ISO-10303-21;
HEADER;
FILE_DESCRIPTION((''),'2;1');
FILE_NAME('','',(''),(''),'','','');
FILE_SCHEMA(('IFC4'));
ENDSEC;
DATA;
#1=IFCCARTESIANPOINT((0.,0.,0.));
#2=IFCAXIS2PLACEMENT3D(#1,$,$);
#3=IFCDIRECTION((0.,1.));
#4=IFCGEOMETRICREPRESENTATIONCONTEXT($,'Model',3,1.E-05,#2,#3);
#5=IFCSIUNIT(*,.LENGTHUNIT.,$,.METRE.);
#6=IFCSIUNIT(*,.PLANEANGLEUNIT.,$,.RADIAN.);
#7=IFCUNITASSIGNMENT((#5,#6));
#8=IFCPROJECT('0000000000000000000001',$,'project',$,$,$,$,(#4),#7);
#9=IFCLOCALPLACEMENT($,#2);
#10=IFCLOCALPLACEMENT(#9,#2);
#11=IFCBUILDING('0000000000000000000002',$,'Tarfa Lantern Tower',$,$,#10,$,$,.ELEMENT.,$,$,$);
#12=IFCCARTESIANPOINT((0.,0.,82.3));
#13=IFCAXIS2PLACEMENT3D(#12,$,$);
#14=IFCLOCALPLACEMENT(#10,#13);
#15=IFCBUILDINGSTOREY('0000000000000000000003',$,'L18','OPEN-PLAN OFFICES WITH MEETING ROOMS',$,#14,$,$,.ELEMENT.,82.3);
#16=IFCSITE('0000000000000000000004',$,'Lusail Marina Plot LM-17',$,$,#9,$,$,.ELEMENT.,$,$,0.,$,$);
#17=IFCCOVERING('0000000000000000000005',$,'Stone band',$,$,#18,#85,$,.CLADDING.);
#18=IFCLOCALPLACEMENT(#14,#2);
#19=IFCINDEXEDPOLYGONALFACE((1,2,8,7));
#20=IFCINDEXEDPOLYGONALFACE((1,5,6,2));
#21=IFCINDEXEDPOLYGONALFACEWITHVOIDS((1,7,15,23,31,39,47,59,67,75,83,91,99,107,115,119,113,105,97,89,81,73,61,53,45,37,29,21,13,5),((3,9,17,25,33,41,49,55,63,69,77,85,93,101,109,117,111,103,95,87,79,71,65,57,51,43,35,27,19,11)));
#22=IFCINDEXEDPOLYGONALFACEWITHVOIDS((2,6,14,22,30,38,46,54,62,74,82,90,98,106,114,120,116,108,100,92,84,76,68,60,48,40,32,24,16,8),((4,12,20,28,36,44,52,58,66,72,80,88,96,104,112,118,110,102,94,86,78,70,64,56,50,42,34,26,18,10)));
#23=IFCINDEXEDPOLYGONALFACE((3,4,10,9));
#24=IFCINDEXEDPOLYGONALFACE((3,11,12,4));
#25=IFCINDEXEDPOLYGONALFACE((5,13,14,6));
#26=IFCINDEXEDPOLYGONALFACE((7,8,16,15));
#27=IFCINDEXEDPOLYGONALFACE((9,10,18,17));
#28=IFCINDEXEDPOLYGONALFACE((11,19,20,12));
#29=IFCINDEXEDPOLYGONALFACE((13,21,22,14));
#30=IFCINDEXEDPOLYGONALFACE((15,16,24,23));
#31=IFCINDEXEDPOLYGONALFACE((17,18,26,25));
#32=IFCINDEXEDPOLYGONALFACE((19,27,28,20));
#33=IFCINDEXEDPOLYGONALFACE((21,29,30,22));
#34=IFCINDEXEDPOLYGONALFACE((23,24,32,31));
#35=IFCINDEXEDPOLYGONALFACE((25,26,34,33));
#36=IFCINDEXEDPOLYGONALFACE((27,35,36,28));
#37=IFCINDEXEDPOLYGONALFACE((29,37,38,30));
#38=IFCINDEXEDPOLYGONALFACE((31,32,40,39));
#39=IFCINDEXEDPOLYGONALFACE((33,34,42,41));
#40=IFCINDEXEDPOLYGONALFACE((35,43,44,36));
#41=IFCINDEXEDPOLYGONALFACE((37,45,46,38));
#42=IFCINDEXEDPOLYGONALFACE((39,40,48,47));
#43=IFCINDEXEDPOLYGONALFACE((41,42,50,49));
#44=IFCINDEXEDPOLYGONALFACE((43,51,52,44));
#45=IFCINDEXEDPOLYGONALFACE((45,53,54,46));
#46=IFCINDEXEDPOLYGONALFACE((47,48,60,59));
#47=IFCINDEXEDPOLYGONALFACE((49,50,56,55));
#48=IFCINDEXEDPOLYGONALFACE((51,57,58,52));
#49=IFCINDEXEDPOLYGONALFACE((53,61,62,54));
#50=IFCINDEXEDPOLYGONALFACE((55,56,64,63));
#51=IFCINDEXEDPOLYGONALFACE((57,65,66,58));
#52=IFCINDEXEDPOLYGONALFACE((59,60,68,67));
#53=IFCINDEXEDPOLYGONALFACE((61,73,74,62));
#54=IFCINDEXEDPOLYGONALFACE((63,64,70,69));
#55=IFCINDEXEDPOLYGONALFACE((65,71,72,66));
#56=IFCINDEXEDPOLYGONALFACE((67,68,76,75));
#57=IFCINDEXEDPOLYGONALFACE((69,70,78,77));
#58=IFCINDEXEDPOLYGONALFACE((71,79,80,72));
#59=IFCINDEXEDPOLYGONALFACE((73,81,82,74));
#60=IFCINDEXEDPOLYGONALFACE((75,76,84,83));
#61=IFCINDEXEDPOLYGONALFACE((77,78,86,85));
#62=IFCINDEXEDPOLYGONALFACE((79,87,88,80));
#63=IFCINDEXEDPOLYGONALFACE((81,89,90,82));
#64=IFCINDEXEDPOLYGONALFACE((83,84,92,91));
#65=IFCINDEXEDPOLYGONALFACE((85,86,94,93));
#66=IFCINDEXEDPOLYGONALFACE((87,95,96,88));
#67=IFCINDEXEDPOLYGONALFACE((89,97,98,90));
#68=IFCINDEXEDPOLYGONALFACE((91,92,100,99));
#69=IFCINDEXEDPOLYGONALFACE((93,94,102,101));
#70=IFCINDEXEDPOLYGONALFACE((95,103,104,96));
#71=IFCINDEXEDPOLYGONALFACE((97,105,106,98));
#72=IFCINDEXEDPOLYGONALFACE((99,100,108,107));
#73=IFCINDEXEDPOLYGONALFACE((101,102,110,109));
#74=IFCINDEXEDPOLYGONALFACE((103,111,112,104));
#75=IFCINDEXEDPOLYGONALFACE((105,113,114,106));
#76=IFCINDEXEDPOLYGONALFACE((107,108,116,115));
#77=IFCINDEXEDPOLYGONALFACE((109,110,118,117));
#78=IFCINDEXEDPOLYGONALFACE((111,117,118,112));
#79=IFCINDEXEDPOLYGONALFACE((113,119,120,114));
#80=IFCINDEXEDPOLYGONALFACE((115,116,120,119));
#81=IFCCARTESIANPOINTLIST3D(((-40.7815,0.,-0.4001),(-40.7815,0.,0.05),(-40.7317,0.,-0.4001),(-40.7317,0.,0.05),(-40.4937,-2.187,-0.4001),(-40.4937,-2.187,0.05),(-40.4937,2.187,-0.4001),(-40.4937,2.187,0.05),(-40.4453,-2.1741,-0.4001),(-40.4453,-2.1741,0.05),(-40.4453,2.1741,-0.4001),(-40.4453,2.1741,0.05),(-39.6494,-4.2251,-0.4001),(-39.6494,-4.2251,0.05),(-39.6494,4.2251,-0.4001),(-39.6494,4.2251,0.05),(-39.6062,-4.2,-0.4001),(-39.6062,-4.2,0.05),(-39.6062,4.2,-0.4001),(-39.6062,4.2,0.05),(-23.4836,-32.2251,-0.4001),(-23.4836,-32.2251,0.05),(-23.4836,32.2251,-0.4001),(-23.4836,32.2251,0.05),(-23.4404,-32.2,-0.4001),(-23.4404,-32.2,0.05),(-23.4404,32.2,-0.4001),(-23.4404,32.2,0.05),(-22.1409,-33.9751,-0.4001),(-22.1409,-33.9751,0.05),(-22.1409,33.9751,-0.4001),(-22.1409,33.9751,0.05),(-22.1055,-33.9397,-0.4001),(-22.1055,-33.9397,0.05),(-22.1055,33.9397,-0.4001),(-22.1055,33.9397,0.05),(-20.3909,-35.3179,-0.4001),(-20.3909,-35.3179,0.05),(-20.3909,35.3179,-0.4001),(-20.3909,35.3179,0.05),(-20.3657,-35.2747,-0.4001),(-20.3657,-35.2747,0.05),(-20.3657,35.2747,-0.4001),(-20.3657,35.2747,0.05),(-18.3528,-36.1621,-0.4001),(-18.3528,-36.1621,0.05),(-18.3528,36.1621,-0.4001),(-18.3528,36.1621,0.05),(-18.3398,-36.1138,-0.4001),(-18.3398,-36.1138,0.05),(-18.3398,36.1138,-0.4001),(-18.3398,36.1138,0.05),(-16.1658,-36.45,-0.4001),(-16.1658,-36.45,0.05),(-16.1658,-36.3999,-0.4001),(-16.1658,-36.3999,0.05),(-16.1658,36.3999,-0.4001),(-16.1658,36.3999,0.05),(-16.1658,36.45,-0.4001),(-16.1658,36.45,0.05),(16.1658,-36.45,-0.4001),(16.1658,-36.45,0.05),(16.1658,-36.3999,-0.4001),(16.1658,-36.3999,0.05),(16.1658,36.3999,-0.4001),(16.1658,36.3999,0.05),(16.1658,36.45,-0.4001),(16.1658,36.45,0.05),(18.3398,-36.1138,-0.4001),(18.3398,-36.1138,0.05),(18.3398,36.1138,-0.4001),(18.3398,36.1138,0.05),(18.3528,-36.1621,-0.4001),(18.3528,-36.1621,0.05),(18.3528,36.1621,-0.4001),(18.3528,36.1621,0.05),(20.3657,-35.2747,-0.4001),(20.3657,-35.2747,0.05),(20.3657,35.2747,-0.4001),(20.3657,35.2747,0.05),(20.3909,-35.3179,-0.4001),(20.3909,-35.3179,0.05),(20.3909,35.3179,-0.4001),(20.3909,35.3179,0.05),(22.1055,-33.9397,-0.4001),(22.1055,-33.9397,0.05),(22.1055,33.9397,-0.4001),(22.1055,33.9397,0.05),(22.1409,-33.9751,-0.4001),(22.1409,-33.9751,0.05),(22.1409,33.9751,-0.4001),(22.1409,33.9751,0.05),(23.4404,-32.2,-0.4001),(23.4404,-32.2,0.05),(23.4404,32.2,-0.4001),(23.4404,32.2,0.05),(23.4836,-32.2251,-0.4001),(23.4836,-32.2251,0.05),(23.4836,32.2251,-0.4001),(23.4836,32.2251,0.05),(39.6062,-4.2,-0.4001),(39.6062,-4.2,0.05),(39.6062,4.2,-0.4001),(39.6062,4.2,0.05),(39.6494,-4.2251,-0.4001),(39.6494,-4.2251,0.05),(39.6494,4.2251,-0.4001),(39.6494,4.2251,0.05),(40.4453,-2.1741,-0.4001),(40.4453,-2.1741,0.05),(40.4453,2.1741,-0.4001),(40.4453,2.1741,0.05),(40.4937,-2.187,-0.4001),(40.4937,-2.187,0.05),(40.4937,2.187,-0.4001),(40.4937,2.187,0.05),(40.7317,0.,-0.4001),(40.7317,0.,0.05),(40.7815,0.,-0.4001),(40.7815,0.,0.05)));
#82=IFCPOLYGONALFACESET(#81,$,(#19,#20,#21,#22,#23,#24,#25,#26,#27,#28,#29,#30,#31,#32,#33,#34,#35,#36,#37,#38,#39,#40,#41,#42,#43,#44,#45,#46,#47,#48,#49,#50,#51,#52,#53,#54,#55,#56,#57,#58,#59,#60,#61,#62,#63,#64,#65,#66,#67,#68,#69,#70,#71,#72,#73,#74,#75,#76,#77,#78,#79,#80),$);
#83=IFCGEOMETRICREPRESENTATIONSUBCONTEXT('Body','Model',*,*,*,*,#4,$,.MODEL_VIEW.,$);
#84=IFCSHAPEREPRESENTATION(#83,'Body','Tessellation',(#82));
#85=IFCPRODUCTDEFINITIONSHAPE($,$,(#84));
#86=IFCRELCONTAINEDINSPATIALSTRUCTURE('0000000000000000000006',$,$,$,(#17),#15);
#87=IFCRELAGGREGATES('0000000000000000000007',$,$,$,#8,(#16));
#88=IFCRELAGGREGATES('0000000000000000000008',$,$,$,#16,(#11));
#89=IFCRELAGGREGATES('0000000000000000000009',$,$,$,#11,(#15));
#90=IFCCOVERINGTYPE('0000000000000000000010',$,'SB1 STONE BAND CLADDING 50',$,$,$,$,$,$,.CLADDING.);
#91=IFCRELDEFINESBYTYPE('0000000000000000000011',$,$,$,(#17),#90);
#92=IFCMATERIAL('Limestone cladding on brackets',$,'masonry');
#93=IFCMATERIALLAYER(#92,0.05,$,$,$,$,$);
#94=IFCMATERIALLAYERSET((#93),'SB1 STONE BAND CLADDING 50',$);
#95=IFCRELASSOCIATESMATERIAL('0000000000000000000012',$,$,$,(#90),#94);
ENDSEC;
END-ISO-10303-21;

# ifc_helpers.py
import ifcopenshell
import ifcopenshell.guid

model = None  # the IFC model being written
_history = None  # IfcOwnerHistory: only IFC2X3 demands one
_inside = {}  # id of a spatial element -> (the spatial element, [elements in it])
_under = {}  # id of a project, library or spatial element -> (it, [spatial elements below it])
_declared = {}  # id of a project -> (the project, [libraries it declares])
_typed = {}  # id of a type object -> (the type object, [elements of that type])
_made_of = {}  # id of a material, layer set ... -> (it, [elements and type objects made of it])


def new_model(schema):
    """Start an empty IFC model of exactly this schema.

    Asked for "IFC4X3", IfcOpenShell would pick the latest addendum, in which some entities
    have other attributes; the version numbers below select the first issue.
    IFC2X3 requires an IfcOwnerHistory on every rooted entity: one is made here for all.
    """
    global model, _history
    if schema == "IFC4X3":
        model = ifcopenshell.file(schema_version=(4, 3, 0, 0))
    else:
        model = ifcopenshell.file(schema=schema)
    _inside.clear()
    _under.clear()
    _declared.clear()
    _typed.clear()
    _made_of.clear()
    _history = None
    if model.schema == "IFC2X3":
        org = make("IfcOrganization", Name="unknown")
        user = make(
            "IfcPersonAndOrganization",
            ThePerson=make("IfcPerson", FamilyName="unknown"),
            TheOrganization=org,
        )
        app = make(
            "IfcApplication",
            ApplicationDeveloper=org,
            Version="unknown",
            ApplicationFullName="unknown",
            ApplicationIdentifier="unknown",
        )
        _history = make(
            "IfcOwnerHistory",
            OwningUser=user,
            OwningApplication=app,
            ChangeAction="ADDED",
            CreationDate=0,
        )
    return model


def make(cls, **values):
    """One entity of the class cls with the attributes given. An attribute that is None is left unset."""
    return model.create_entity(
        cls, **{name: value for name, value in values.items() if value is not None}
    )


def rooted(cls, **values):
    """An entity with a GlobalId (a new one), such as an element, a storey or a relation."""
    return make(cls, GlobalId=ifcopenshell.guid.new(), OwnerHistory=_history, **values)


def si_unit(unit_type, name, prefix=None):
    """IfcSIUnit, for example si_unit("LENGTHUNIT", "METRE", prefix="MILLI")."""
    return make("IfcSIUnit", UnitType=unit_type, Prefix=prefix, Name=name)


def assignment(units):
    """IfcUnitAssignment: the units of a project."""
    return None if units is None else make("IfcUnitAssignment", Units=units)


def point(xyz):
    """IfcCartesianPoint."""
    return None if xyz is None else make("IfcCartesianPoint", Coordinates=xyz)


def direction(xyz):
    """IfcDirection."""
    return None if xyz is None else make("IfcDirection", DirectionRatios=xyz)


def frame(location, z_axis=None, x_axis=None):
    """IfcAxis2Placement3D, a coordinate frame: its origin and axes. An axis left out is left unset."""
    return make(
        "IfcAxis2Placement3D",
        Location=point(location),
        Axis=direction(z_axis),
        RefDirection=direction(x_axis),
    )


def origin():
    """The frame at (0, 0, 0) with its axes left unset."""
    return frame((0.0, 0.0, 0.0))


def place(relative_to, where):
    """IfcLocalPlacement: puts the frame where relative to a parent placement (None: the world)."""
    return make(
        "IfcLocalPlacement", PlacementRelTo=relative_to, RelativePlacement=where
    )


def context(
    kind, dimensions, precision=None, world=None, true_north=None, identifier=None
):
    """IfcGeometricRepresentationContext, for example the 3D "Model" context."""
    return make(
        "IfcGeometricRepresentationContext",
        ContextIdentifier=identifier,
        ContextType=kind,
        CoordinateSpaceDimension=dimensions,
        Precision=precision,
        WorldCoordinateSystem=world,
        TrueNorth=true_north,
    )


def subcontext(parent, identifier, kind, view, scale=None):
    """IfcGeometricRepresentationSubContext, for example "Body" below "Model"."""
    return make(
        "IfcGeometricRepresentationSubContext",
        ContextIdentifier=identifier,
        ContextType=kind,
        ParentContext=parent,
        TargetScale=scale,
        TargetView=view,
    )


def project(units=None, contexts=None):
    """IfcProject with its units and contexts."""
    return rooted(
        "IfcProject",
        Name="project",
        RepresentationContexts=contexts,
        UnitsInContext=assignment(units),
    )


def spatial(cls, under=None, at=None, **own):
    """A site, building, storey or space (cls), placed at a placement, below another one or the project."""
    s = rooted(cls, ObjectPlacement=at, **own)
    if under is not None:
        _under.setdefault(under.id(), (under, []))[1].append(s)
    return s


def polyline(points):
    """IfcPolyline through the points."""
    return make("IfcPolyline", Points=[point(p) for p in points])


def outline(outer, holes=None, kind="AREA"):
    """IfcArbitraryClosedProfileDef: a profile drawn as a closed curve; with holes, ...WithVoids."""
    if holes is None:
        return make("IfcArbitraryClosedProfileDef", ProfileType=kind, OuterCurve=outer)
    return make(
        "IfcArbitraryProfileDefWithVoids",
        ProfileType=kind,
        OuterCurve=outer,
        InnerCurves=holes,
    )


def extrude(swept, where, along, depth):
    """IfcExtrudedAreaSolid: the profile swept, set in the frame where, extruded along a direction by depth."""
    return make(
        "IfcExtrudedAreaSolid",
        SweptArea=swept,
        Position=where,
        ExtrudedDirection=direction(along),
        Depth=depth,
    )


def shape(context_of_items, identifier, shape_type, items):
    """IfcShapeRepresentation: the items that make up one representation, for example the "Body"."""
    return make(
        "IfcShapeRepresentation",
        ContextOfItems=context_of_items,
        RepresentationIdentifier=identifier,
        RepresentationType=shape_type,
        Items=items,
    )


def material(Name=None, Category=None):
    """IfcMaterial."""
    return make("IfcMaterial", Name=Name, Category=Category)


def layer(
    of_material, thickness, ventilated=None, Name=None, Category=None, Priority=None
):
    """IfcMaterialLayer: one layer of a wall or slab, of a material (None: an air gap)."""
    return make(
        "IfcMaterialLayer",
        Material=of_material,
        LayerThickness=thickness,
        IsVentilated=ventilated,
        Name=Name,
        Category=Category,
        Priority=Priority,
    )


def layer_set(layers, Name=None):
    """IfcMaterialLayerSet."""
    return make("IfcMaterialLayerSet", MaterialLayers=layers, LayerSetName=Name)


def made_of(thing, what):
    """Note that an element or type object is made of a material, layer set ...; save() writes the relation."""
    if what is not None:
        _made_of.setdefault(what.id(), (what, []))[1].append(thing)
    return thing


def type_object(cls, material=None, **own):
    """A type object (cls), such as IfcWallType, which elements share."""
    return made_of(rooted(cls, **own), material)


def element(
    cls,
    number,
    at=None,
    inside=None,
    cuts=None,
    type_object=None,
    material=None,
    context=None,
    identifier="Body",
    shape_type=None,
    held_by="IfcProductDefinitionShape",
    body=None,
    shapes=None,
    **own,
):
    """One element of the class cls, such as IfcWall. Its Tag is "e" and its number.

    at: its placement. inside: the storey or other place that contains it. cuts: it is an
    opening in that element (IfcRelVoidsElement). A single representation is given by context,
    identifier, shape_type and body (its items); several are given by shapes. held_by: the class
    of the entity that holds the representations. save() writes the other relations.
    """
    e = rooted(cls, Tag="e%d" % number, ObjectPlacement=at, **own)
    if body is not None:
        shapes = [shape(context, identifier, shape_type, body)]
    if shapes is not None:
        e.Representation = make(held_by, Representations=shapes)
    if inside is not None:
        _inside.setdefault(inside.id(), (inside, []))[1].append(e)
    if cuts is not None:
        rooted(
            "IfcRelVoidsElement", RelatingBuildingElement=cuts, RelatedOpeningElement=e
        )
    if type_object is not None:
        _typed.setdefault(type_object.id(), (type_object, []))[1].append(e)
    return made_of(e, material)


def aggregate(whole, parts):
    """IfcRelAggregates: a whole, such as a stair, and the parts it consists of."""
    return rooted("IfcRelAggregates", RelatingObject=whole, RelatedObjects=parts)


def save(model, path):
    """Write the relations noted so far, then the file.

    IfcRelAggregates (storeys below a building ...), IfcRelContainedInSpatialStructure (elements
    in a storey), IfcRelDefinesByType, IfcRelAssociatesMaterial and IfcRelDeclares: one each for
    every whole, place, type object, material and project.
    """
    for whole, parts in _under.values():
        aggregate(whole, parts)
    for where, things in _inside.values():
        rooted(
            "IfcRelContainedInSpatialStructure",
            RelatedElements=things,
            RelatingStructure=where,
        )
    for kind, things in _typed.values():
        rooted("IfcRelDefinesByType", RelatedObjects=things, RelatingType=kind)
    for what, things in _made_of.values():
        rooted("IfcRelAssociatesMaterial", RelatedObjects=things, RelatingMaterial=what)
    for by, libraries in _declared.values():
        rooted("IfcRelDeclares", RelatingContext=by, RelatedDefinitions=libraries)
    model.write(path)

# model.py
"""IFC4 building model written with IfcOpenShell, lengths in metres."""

from ifc_helpers import new_model, si_unit, direction, frame, origin, place, context, subcontext, project, spatial, polyline, outline, extrude, material, layer, layer_set, type_object, element, save


model = new_model("IFC4")

# Units and contexts
model_context = context("Model", 3, precision=1e-05, world=origin(), true_north=direction((0.0, 1.0)))
body_context = subcontext(model_context, "Body", "Model", "MODEL_VIEW")
ifc_project = project(units=[si_unit("LENGTHUNIT", "METRE"), si_unit("PLANEANGLEUNIT", "RADIAN")], contexts=[model_context])

# Site, building, storey
site_placement = place(None, origin())
site = spatial("IfcSite", under=ifc_project, at=site_placement, Name="Lusail Marina Plot LM-17", CompositionType="ELEMENT", RefElevation=0.0)
building_placement = place(site_placement, origin())
building = spatial("IfcBuilding", under=site, at=building_placement, Name="Tarfa Lantern Tower", CompositionType="ELEMENT")
storey_placement = place(building_placement, frame((0.0, 0.0, 82.3)))
storey = spatial("IfcBuildingStorey", under=building, at=storey_placement, Name="L18", Description="OPEN-PLAN OFFICES WITH MEETING ROOMS", CompositionType="ELEMENT", Elevation=82.3)

# Covering
ifc_material_1 = material(Name="Limestone cladding on brackets", Category="masonry")
ifc_layer_1 = layer(ifc_material_1, 0.05)
ifc_layer_set_1 = layer_set([ifc_layer_1], Name="SB1 STONE BAND CLADDING 50")
covering_type_1 = type_object("IfcCoveringType", Name="SB1 STONE BAND CLADDING 50", PredefinedType="CLADDING", material=ifc_layer_set_1)
covering_1_placement = place(storey_placement, frame((0.0, 0.0, -0.4001)))
element("IfcCovering", 1, at=covering_1_placement, inside=storey, type_object=covering_type_1, Name="Stone band", PredefinedType="CLADDING", context=body_context, shape_type="SweptSolid", body=[
    extrude(outline(polyline([(39.6494, 4.2251), (23.4836, 32.2251), (22.1409, 33.9751), (20.3909, 35.3179), (18.3528, 36.1621), (16.1658, 36.45), (-16.1658, 36.45), (-18.3528, 36.1621), (-20.3909, 35.3179), (-22.1409, 33.9751), (-23.4836, 32.2251), (-39.6494, 4.2251), (-40.4937, 2.187), (-40.7815, 0.0), (-40.4937, -2.187), (-39.6494, -4.2251), (-23.4836, -32.2251), (-22.1409, -33.9751), (-20.3909, -35.3179), (-18.3528, -36.1621), (-16.1658, -36.45), (16.1658, -36.45), (18.3528, -36.1621), (20.3909, -35.3179), (22.1409, -33.9751), (23.4836, -32.2251), (39.6494, -4.2251), (40.4937, -2.187), (40.7815, 0.0), (40.4937, 2.187), (39.6494, 4.2251)]), holes=[polyline([(39.6062, 4.2), (23.4404, 32.2), (22.1055, 33.9397), (20.3657, 35.2747), (18.3398, 36.1138), (16.1658, 36.3999), (-16.1658, 36.3999), (-18.3398, 36.1138), (-20.3657, 35.2747), (-22.1055, 33.9397), (-23.4404, 32.2), (-39.6062, 4.2), (-40.4453, 2.1741), (-40.7317, 0.0), (-40.4453, -2.1741), (-39.6062, -4.2), (-23.4404, -32.2), (-22.1055, -33.9397), (-20.3657, -35.2747), (-18.3398, -36.1138), (-16.1658, -36.3999), (16.1658, -36.3999), (18.3398, -36.1138), (20.3657, -35.2747), (22.1055, -33.9397), (23.4404, -32.2), (39.6062, -4.2), (40.4453, -2.1741), (40.7317, 0.0), (40.4453, 2.1741), (39.6062, 4.2)])]), origin(), (0.0, 0.0, 1.0), 0.4502),
])

save(model, "model.ifc")
